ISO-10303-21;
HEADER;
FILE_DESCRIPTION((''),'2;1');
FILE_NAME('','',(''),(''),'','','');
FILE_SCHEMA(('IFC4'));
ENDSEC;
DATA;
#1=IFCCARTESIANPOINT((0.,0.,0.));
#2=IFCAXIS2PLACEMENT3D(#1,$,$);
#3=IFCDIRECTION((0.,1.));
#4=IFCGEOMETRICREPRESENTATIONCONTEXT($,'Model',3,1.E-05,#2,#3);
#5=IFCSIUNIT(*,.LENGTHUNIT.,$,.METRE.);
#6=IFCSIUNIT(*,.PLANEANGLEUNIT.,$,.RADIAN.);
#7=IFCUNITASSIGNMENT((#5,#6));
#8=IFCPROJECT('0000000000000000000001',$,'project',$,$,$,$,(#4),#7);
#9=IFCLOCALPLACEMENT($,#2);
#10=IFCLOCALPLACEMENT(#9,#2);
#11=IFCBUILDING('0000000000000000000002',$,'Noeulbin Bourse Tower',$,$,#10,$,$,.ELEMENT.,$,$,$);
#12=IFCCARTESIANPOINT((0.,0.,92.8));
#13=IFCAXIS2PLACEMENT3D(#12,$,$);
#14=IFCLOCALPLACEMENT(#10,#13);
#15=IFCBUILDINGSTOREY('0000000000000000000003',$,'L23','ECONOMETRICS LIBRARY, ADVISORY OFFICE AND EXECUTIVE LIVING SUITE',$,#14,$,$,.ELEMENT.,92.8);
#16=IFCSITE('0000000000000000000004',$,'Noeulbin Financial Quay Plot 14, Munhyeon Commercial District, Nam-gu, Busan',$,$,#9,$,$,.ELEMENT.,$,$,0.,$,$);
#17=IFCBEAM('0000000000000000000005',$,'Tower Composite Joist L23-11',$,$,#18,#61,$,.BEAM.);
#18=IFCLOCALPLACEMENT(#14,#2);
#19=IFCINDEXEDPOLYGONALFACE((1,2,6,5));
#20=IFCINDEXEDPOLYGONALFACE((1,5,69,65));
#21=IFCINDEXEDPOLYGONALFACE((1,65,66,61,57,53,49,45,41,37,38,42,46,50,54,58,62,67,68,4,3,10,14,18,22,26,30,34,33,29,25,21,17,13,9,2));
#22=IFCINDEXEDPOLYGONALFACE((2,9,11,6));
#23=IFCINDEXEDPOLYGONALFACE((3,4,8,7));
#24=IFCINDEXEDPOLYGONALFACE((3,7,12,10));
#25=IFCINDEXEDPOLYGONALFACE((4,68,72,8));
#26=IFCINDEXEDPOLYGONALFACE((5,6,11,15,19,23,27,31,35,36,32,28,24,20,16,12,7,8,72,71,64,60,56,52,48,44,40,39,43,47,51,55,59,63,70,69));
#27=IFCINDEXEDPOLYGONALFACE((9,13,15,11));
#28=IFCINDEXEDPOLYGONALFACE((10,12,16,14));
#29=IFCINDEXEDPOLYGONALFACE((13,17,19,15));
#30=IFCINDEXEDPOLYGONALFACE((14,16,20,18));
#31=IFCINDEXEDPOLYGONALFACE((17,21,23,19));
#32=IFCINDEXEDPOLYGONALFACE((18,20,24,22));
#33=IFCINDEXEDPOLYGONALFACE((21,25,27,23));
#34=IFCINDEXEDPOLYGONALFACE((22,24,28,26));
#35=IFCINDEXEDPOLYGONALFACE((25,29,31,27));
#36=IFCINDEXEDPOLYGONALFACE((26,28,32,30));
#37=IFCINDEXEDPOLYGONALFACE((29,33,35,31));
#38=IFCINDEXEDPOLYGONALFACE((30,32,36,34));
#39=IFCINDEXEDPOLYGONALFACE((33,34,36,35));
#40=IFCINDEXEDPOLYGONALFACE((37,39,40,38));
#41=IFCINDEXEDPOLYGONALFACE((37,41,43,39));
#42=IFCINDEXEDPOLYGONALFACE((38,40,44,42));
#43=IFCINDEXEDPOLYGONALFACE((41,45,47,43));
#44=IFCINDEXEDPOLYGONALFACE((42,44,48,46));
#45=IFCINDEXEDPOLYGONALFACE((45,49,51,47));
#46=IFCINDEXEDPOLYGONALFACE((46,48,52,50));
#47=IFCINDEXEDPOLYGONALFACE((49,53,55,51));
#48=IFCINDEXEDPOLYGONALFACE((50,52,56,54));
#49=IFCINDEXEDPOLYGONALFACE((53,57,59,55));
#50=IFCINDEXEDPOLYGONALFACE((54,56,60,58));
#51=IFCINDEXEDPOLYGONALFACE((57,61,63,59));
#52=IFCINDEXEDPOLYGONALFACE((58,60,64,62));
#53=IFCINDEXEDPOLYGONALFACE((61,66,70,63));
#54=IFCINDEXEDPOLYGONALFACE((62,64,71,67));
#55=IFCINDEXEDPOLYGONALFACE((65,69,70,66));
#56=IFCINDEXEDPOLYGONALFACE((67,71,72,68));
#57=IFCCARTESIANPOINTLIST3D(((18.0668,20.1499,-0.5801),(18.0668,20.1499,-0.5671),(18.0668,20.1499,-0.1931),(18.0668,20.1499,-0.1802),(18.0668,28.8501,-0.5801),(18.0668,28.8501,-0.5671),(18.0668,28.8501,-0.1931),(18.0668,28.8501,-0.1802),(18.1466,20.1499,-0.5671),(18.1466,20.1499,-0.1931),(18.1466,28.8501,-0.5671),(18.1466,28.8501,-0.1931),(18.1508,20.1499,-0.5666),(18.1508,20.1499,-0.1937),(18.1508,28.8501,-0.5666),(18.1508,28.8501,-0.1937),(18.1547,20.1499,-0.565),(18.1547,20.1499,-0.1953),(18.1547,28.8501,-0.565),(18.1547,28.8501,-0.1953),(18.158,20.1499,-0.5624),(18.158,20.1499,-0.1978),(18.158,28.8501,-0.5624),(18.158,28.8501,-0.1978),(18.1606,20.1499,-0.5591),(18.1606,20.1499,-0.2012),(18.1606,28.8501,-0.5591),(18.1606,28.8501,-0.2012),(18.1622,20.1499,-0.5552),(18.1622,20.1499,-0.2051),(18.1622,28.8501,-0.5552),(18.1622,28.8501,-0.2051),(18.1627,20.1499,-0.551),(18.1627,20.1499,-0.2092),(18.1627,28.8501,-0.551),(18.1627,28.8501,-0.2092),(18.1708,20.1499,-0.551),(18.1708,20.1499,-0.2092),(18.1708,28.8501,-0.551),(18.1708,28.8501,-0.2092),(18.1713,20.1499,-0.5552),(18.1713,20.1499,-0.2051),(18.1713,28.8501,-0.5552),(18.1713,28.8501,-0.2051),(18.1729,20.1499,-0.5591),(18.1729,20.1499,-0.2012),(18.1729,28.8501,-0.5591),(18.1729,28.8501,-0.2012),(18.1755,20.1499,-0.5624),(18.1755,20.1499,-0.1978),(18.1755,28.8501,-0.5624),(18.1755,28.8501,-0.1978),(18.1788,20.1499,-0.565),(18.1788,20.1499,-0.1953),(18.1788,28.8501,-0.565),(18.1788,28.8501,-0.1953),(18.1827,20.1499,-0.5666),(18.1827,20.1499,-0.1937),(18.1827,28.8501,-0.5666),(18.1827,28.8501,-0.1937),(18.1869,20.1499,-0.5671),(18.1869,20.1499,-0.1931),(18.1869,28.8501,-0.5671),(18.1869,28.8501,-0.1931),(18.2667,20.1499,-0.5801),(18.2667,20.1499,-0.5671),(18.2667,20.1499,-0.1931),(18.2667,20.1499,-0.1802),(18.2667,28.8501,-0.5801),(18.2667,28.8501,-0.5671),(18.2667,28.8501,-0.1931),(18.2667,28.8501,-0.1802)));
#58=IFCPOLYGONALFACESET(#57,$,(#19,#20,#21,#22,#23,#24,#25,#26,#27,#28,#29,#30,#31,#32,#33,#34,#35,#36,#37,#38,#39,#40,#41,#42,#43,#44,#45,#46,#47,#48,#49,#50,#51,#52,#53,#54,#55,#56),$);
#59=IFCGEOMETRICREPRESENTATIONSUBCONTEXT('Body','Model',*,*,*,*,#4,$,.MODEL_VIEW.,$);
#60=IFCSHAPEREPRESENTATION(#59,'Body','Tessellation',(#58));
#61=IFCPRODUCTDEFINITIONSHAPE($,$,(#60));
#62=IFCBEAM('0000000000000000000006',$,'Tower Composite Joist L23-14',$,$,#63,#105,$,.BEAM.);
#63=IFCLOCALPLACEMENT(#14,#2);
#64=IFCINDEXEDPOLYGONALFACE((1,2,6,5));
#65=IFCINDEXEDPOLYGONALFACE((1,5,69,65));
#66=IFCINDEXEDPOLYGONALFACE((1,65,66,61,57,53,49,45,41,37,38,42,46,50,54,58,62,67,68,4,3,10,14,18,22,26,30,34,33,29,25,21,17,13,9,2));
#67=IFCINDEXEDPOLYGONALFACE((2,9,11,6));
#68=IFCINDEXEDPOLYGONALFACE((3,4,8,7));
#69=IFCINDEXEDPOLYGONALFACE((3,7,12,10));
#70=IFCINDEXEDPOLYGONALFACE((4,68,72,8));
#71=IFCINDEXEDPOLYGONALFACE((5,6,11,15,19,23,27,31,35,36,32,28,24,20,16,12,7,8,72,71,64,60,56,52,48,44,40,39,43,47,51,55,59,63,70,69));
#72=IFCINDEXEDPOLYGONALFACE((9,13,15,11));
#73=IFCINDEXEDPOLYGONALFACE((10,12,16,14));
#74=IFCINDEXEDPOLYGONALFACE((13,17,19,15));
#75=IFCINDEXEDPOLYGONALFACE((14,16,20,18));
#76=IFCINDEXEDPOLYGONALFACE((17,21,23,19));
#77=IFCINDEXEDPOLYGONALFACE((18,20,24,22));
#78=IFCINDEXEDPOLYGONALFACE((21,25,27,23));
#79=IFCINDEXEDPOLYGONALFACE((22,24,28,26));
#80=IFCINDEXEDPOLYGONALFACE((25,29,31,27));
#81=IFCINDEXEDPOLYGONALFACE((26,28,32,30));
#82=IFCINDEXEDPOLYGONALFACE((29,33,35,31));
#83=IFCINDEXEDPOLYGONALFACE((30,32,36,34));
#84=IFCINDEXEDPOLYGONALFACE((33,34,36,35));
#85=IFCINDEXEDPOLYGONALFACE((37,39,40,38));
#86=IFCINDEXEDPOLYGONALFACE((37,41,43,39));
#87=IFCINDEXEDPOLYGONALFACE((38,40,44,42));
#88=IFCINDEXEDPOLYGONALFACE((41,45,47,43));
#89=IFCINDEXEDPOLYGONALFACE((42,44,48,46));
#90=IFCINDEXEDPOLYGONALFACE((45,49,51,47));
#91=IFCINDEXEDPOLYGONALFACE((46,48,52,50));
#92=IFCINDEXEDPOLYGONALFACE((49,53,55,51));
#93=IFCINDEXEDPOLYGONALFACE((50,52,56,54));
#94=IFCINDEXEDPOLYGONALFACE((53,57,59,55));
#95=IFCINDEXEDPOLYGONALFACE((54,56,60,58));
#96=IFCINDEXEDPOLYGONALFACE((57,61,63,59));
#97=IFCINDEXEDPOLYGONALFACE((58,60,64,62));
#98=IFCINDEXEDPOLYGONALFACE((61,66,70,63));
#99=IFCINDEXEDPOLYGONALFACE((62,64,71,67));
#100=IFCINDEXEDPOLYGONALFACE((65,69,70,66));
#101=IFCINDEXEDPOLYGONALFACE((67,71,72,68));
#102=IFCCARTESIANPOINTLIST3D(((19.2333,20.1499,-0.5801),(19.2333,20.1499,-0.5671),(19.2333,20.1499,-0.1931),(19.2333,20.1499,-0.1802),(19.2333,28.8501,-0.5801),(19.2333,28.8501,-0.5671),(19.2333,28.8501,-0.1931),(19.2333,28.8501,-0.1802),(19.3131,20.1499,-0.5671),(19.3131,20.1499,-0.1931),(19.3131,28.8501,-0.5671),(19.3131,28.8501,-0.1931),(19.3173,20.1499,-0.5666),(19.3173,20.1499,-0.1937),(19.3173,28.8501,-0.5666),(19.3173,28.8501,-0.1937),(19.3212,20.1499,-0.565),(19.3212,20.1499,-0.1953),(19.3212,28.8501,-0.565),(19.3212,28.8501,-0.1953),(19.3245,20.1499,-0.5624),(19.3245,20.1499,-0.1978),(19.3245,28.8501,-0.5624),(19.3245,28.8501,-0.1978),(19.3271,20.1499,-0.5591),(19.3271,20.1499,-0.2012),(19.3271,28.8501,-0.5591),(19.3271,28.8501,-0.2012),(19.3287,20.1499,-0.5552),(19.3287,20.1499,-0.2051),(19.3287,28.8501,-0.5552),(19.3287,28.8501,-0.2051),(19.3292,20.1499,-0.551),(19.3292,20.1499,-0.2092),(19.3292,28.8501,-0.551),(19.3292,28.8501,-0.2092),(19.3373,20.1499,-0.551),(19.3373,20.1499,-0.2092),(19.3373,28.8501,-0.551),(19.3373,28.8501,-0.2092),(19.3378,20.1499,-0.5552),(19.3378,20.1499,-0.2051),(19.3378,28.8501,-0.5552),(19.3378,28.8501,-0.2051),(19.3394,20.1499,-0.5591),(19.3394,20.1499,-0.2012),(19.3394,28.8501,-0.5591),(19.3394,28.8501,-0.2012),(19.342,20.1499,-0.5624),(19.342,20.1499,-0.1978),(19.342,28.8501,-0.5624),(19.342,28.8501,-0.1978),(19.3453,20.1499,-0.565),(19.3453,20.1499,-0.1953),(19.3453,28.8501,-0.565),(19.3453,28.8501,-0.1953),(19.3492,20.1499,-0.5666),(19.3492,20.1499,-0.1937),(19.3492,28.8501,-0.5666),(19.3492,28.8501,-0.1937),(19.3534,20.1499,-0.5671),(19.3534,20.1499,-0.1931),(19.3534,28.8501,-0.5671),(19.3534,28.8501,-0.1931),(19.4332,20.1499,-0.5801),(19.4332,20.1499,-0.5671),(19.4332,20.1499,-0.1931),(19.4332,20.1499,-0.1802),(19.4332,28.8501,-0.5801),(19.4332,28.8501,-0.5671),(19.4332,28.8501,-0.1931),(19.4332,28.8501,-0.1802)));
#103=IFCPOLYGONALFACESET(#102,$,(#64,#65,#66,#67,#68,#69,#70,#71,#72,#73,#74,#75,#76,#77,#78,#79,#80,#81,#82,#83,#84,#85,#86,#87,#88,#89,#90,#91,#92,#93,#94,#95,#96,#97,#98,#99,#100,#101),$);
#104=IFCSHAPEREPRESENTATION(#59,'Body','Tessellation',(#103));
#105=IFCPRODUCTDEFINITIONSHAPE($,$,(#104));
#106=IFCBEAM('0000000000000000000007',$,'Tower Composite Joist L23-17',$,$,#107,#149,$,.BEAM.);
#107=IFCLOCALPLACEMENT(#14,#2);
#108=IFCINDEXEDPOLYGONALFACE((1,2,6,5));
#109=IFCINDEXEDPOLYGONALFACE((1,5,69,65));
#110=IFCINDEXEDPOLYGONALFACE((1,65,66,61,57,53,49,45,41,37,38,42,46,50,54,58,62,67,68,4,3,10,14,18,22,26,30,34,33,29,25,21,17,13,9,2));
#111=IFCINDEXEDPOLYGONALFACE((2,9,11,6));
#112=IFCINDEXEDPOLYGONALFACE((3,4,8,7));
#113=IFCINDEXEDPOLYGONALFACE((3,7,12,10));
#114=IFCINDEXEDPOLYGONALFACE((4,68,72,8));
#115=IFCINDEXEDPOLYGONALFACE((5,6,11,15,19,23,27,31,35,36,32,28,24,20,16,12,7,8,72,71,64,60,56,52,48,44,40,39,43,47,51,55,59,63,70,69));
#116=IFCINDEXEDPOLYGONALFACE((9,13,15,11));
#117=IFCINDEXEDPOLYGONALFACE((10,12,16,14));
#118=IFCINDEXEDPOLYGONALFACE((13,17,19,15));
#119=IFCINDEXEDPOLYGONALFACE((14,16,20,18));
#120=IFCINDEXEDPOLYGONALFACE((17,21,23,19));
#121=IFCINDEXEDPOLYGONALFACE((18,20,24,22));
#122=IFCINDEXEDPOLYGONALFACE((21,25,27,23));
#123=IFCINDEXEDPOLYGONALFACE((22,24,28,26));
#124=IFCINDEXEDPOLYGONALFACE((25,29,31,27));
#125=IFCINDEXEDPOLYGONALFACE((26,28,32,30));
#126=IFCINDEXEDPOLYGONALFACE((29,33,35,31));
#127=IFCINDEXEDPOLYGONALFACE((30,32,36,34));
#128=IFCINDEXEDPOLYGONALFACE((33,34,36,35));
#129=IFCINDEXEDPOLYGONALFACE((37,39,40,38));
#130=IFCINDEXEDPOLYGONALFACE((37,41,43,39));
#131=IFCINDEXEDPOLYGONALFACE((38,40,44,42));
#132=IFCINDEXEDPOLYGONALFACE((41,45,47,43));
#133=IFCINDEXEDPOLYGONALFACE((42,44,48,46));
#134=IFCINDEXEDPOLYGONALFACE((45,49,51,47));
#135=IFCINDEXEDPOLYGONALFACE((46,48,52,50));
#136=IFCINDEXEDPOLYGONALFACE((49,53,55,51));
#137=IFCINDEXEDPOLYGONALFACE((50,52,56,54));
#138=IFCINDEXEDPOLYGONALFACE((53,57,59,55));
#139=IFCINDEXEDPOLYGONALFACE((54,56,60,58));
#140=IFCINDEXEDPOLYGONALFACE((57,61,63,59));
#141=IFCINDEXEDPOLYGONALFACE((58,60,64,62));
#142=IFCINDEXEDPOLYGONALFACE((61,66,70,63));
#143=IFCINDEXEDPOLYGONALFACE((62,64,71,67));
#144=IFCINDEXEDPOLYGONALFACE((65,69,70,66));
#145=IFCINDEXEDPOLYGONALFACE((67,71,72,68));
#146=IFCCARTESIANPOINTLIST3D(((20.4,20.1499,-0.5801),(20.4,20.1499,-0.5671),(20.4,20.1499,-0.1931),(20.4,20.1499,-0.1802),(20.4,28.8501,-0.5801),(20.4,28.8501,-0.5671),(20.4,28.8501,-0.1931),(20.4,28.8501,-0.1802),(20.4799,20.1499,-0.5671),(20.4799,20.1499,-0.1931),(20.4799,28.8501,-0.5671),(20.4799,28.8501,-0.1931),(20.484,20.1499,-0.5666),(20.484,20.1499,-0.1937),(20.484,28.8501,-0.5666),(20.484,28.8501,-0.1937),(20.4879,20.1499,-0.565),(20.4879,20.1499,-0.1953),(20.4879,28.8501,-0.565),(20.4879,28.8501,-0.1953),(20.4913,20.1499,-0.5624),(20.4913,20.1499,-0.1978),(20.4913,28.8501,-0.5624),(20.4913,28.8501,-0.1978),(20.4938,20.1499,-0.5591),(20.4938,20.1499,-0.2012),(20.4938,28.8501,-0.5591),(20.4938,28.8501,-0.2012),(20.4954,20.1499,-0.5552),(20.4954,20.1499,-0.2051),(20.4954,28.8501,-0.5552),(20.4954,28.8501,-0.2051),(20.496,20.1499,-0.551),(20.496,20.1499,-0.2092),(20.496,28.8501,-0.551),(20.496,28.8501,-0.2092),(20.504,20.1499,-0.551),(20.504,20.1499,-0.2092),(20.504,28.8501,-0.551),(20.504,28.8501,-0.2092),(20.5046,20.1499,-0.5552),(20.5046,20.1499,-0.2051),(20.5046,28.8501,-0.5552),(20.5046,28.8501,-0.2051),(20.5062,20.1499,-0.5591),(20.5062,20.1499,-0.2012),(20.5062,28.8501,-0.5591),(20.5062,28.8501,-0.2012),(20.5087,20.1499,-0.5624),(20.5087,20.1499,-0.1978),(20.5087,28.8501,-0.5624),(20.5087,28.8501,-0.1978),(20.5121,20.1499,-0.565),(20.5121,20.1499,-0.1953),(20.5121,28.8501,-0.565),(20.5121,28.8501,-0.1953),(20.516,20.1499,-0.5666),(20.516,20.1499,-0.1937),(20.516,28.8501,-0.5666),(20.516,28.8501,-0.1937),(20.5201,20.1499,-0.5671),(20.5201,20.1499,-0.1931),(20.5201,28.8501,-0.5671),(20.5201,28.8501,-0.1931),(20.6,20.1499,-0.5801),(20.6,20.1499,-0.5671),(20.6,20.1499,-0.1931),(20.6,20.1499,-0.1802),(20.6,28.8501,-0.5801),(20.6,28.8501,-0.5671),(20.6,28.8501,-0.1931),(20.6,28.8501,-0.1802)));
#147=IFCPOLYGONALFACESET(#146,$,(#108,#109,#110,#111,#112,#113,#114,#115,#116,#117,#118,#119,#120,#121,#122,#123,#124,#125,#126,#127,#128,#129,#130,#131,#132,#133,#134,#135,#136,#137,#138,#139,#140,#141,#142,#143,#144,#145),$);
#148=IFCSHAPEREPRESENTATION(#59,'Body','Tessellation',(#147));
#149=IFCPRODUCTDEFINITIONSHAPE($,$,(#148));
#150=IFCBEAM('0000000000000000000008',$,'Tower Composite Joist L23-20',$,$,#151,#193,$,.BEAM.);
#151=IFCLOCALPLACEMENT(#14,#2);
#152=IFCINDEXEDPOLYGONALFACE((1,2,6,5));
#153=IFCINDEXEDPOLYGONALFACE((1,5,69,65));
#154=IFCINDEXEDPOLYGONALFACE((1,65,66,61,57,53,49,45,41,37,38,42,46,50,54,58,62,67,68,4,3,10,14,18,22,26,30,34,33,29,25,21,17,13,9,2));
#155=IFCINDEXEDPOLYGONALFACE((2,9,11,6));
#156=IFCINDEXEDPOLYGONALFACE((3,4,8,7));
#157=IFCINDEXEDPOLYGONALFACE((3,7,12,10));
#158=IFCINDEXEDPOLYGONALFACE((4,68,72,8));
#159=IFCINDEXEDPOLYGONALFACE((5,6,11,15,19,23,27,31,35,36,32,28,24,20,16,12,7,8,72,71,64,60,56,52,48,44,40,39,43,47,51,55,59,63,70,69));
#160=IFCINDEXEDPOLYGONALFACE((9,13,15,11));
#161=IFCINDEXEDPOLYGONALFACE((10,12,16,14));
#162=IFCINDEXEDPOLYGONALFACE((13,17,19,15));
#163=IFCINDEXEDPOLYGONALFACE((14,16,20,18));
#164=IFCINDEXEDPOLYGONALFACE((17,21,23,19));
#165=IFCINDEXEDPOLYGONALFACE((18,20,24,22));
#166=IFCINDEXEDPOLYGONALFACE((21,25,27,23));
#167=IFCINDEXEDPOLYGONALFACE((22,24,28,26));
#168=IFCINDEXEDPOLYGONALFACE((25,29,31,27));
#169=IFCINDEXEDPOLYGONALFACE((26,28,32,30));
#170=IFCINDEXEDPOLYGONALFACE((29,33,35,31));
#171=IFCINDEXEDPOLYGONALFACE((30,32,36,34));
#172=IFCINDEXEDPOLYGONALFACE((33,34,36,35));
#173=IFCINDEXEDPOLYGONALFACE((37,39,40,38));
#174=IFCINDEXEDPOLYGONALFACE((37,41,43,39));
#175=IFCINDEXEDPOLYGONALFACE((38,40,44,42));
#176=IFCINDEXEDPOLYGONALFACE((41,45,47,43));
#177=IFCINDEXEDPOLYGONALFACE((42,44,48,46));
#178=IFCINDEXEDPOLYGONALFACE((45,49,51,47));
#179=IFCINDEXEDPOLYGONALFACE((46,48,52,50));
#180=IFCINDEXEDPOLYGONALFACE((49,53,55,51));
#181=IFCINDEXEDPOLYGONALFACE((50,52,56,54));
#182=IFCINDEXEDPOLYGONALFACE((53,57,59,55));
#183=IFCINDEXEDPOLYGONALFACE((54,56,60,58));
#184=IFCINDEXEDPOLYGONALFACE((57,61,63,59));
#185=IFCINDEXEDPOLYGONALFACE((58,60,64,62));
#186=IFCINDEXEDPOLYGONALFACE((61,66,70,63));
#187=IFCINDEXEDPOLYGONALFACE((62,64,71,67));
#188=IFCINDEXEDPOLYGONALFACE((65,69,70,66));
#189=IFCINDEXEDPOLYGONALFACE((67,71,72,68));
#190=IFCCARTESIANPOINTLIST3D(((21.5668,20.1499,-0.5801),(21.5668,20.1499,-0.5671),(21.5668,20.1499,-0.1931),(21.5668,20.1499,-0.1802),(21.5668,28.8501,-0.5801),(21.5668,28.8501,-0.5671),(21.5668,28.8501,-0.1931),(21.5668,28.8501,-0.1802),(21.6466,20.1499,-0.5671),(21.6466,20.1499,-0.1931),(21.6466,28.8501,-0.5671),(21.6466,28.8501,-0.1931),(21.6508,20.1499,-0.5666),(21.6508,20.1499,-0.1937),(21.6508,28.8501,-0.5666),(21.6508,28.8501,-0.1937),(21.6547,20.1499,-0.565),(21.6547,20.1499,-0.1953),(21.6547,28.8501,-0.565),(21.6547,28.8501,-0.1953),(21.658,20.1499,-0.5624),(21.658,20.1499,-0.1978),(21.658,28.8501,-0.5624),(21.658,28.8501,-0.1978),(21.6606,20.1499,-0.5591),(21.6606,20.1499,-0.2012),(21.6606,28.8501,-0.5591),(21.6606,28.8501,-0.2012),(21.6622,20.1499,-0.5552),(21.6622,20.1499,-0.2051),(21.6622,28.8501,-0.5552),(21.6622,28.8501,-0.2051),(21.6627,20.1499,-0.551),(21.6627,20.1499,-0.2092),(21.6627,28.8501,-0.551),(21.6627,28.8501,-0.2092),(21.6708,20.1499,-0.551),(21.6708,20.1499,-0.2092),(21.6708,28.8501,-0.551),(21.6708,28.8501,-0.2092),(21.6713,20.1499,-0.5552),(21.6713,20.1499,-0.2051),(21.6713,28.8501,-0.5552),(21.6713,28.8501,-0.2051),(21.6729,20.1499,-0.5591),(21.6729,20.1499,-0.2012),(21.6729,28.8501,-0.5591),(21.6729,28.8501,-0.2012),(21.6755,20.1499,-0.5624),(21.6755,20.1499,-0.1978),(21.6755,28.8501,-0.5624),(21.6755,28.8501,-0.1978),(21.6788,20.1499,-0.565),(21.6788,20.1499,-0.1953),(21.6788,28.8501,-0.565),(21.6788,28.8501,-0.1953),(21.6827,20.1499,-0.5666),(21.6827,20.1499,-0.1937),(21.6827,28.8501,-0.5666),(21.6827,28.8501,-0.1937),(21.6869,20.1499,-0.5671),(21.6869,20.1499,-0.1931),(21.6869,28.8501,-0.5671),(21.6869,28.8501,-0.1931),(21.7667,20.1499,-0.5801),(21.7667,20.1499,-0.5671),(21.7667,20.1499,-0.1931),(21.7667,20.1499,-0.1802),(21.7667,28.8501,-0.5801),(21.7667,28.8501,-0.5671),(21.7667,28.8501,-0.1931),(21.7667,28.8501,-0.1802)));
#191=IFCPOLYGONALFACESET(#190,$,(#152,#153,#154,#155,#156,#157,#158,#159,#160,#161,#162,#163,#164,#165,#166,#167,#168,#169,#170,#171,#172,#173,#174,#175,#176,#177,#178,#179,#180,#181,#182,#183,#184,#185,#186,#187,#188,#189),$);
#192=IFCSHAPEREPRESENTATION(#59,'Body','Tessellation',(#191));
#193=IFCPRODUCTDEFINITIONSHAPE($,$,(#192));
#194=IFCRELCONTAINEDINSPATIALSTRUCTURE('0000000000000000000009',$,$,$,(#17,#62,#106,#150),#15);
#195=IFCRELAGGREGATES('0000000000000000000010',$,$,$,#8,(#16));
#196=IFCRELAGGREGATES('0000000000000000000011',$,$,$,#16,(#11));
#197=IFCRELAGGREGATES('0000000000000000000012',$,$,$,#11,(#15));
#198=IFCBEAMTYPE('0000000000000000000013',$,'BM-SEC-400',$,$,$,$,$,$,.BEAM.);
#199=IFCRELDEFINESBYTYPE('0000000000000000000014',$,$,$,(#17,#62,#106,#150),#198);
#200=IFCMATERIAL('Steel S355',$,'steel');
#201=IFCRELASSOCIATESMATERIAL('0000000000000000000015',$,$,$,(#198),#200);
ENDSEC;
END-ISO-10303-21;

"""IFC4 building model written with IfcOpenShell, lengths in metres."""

from ifc_helpers import new_model, si_unit, direction, frame, origin, origin_2d, place, context, subcontext, project, spatial, i_section, extrude, material, material_profile, profile_set, type_object, element, save


model = new_model("IFC4")

# Units and contexts
model_context = context("Model", 3, precision=1e-05, world=origin(), true_north=direction((0.0, 1.0)))
body_context = subcontext(model_context, "Body", "Model", "MODEL_VIEW")
ifc_project = project(units=[si_unit("LENGTHUNIT", "METRE"), si_unit("PLANEANGLEUNIT", "RADIAN")], contexts=[model_context])

# Site, building, storey
site_placement = place(None, origin())
site = spatial("IfcSite", under=ifc_project, at=site_placement, Name="Noeulbin Financial Quay Plot 14, Munhyeon Commercial District, Nam-gu, Busan", CompositionType="ELEMENT", RefElevation=0.0)
building_placement = place(site_placement, origin())
building = spatial("IfcBuilding", under=site, at=building_placement, Name="Noeulbin Bourse Tower", CompositionType="ELEMENT")
storey_placement = place(building_placement, frame((0.0, 0.0, 92.8)))
storey = spatial("IfcBuildingStorey", under=building, at=storey_placement, Name="L23", Description="ECONOMETRICS LIBRARY, ADVISORY OFFICE AND EXECUTIVE LIVING SUITE", CompositionType="ELEMENT", Elevation=92.8)

# Beams
ifc_material_1 = material(Name="Steel S355", Category="steel")
ifc_material_profile_1 = material_profile(ifc_material_1, i_section(OverallWidth=0.2, OverallDepth=0.3999, WebThickness=0.0081, FlangeThickness=0.0129, FilletRadius=0.0161, at=origin_2d()), Name="H-400x200x8x13", Category="LoadBearing")
ifc_profile_set_1 = profile_set([ifc_material_profile_1], Name="Steel S355")
beam_type_1 = type_object("IfcBeamType", Name="BM-SEC-400", PredefinedType="BEAM", material=ifc_profile_set_1)
for number, where, z_axis, x_axis, name in (
    (1, (18.1667, 20.1499, -0.3801), (0.0, 1.0, 0.0), (-1.0, 0.0, 0.0), "Tower Composite Joist L23-11"),
    (2, (19.3333, 20.1499, -0.3801), (0.0, 1.0, 0.0), (-1.0, 0.0, 0.0), "Tower Composite Joist L23-14"),
    (3, (20.5, 20.1499, -0.3801), (0.0, 1.0, 0.0), (-1.0, 0.0, 0.0), "Tower Composite Joist L23-17"),
    (4, (21.6667, 20.1499, -0.3801), (0.0, 1.0, 0.0), (-1.0, 0.0, 0.0), "Tower Composite Joist L23-20"),
):
    element("IfcBeam", number, at=place(storey_placement, frame(where, z_axis=z_axis, x_axis=x_axis)), inside=storey, type_object=beam_type_1, Name=name, PredefinedType="BEAM", context=body_context, shape_type="SweptSolid", body=[
        extrude(i_section(OverallWidth=0.2, OverallDepth=0.3999, WebThickness=0.0081, FlangeThickness=0.0129, FilletRadius=0.0161, at=origin_2d()), origin(), (0.0, 0.0, 1.0), 8.7002),
    ])

save(model, "model.ifc")
